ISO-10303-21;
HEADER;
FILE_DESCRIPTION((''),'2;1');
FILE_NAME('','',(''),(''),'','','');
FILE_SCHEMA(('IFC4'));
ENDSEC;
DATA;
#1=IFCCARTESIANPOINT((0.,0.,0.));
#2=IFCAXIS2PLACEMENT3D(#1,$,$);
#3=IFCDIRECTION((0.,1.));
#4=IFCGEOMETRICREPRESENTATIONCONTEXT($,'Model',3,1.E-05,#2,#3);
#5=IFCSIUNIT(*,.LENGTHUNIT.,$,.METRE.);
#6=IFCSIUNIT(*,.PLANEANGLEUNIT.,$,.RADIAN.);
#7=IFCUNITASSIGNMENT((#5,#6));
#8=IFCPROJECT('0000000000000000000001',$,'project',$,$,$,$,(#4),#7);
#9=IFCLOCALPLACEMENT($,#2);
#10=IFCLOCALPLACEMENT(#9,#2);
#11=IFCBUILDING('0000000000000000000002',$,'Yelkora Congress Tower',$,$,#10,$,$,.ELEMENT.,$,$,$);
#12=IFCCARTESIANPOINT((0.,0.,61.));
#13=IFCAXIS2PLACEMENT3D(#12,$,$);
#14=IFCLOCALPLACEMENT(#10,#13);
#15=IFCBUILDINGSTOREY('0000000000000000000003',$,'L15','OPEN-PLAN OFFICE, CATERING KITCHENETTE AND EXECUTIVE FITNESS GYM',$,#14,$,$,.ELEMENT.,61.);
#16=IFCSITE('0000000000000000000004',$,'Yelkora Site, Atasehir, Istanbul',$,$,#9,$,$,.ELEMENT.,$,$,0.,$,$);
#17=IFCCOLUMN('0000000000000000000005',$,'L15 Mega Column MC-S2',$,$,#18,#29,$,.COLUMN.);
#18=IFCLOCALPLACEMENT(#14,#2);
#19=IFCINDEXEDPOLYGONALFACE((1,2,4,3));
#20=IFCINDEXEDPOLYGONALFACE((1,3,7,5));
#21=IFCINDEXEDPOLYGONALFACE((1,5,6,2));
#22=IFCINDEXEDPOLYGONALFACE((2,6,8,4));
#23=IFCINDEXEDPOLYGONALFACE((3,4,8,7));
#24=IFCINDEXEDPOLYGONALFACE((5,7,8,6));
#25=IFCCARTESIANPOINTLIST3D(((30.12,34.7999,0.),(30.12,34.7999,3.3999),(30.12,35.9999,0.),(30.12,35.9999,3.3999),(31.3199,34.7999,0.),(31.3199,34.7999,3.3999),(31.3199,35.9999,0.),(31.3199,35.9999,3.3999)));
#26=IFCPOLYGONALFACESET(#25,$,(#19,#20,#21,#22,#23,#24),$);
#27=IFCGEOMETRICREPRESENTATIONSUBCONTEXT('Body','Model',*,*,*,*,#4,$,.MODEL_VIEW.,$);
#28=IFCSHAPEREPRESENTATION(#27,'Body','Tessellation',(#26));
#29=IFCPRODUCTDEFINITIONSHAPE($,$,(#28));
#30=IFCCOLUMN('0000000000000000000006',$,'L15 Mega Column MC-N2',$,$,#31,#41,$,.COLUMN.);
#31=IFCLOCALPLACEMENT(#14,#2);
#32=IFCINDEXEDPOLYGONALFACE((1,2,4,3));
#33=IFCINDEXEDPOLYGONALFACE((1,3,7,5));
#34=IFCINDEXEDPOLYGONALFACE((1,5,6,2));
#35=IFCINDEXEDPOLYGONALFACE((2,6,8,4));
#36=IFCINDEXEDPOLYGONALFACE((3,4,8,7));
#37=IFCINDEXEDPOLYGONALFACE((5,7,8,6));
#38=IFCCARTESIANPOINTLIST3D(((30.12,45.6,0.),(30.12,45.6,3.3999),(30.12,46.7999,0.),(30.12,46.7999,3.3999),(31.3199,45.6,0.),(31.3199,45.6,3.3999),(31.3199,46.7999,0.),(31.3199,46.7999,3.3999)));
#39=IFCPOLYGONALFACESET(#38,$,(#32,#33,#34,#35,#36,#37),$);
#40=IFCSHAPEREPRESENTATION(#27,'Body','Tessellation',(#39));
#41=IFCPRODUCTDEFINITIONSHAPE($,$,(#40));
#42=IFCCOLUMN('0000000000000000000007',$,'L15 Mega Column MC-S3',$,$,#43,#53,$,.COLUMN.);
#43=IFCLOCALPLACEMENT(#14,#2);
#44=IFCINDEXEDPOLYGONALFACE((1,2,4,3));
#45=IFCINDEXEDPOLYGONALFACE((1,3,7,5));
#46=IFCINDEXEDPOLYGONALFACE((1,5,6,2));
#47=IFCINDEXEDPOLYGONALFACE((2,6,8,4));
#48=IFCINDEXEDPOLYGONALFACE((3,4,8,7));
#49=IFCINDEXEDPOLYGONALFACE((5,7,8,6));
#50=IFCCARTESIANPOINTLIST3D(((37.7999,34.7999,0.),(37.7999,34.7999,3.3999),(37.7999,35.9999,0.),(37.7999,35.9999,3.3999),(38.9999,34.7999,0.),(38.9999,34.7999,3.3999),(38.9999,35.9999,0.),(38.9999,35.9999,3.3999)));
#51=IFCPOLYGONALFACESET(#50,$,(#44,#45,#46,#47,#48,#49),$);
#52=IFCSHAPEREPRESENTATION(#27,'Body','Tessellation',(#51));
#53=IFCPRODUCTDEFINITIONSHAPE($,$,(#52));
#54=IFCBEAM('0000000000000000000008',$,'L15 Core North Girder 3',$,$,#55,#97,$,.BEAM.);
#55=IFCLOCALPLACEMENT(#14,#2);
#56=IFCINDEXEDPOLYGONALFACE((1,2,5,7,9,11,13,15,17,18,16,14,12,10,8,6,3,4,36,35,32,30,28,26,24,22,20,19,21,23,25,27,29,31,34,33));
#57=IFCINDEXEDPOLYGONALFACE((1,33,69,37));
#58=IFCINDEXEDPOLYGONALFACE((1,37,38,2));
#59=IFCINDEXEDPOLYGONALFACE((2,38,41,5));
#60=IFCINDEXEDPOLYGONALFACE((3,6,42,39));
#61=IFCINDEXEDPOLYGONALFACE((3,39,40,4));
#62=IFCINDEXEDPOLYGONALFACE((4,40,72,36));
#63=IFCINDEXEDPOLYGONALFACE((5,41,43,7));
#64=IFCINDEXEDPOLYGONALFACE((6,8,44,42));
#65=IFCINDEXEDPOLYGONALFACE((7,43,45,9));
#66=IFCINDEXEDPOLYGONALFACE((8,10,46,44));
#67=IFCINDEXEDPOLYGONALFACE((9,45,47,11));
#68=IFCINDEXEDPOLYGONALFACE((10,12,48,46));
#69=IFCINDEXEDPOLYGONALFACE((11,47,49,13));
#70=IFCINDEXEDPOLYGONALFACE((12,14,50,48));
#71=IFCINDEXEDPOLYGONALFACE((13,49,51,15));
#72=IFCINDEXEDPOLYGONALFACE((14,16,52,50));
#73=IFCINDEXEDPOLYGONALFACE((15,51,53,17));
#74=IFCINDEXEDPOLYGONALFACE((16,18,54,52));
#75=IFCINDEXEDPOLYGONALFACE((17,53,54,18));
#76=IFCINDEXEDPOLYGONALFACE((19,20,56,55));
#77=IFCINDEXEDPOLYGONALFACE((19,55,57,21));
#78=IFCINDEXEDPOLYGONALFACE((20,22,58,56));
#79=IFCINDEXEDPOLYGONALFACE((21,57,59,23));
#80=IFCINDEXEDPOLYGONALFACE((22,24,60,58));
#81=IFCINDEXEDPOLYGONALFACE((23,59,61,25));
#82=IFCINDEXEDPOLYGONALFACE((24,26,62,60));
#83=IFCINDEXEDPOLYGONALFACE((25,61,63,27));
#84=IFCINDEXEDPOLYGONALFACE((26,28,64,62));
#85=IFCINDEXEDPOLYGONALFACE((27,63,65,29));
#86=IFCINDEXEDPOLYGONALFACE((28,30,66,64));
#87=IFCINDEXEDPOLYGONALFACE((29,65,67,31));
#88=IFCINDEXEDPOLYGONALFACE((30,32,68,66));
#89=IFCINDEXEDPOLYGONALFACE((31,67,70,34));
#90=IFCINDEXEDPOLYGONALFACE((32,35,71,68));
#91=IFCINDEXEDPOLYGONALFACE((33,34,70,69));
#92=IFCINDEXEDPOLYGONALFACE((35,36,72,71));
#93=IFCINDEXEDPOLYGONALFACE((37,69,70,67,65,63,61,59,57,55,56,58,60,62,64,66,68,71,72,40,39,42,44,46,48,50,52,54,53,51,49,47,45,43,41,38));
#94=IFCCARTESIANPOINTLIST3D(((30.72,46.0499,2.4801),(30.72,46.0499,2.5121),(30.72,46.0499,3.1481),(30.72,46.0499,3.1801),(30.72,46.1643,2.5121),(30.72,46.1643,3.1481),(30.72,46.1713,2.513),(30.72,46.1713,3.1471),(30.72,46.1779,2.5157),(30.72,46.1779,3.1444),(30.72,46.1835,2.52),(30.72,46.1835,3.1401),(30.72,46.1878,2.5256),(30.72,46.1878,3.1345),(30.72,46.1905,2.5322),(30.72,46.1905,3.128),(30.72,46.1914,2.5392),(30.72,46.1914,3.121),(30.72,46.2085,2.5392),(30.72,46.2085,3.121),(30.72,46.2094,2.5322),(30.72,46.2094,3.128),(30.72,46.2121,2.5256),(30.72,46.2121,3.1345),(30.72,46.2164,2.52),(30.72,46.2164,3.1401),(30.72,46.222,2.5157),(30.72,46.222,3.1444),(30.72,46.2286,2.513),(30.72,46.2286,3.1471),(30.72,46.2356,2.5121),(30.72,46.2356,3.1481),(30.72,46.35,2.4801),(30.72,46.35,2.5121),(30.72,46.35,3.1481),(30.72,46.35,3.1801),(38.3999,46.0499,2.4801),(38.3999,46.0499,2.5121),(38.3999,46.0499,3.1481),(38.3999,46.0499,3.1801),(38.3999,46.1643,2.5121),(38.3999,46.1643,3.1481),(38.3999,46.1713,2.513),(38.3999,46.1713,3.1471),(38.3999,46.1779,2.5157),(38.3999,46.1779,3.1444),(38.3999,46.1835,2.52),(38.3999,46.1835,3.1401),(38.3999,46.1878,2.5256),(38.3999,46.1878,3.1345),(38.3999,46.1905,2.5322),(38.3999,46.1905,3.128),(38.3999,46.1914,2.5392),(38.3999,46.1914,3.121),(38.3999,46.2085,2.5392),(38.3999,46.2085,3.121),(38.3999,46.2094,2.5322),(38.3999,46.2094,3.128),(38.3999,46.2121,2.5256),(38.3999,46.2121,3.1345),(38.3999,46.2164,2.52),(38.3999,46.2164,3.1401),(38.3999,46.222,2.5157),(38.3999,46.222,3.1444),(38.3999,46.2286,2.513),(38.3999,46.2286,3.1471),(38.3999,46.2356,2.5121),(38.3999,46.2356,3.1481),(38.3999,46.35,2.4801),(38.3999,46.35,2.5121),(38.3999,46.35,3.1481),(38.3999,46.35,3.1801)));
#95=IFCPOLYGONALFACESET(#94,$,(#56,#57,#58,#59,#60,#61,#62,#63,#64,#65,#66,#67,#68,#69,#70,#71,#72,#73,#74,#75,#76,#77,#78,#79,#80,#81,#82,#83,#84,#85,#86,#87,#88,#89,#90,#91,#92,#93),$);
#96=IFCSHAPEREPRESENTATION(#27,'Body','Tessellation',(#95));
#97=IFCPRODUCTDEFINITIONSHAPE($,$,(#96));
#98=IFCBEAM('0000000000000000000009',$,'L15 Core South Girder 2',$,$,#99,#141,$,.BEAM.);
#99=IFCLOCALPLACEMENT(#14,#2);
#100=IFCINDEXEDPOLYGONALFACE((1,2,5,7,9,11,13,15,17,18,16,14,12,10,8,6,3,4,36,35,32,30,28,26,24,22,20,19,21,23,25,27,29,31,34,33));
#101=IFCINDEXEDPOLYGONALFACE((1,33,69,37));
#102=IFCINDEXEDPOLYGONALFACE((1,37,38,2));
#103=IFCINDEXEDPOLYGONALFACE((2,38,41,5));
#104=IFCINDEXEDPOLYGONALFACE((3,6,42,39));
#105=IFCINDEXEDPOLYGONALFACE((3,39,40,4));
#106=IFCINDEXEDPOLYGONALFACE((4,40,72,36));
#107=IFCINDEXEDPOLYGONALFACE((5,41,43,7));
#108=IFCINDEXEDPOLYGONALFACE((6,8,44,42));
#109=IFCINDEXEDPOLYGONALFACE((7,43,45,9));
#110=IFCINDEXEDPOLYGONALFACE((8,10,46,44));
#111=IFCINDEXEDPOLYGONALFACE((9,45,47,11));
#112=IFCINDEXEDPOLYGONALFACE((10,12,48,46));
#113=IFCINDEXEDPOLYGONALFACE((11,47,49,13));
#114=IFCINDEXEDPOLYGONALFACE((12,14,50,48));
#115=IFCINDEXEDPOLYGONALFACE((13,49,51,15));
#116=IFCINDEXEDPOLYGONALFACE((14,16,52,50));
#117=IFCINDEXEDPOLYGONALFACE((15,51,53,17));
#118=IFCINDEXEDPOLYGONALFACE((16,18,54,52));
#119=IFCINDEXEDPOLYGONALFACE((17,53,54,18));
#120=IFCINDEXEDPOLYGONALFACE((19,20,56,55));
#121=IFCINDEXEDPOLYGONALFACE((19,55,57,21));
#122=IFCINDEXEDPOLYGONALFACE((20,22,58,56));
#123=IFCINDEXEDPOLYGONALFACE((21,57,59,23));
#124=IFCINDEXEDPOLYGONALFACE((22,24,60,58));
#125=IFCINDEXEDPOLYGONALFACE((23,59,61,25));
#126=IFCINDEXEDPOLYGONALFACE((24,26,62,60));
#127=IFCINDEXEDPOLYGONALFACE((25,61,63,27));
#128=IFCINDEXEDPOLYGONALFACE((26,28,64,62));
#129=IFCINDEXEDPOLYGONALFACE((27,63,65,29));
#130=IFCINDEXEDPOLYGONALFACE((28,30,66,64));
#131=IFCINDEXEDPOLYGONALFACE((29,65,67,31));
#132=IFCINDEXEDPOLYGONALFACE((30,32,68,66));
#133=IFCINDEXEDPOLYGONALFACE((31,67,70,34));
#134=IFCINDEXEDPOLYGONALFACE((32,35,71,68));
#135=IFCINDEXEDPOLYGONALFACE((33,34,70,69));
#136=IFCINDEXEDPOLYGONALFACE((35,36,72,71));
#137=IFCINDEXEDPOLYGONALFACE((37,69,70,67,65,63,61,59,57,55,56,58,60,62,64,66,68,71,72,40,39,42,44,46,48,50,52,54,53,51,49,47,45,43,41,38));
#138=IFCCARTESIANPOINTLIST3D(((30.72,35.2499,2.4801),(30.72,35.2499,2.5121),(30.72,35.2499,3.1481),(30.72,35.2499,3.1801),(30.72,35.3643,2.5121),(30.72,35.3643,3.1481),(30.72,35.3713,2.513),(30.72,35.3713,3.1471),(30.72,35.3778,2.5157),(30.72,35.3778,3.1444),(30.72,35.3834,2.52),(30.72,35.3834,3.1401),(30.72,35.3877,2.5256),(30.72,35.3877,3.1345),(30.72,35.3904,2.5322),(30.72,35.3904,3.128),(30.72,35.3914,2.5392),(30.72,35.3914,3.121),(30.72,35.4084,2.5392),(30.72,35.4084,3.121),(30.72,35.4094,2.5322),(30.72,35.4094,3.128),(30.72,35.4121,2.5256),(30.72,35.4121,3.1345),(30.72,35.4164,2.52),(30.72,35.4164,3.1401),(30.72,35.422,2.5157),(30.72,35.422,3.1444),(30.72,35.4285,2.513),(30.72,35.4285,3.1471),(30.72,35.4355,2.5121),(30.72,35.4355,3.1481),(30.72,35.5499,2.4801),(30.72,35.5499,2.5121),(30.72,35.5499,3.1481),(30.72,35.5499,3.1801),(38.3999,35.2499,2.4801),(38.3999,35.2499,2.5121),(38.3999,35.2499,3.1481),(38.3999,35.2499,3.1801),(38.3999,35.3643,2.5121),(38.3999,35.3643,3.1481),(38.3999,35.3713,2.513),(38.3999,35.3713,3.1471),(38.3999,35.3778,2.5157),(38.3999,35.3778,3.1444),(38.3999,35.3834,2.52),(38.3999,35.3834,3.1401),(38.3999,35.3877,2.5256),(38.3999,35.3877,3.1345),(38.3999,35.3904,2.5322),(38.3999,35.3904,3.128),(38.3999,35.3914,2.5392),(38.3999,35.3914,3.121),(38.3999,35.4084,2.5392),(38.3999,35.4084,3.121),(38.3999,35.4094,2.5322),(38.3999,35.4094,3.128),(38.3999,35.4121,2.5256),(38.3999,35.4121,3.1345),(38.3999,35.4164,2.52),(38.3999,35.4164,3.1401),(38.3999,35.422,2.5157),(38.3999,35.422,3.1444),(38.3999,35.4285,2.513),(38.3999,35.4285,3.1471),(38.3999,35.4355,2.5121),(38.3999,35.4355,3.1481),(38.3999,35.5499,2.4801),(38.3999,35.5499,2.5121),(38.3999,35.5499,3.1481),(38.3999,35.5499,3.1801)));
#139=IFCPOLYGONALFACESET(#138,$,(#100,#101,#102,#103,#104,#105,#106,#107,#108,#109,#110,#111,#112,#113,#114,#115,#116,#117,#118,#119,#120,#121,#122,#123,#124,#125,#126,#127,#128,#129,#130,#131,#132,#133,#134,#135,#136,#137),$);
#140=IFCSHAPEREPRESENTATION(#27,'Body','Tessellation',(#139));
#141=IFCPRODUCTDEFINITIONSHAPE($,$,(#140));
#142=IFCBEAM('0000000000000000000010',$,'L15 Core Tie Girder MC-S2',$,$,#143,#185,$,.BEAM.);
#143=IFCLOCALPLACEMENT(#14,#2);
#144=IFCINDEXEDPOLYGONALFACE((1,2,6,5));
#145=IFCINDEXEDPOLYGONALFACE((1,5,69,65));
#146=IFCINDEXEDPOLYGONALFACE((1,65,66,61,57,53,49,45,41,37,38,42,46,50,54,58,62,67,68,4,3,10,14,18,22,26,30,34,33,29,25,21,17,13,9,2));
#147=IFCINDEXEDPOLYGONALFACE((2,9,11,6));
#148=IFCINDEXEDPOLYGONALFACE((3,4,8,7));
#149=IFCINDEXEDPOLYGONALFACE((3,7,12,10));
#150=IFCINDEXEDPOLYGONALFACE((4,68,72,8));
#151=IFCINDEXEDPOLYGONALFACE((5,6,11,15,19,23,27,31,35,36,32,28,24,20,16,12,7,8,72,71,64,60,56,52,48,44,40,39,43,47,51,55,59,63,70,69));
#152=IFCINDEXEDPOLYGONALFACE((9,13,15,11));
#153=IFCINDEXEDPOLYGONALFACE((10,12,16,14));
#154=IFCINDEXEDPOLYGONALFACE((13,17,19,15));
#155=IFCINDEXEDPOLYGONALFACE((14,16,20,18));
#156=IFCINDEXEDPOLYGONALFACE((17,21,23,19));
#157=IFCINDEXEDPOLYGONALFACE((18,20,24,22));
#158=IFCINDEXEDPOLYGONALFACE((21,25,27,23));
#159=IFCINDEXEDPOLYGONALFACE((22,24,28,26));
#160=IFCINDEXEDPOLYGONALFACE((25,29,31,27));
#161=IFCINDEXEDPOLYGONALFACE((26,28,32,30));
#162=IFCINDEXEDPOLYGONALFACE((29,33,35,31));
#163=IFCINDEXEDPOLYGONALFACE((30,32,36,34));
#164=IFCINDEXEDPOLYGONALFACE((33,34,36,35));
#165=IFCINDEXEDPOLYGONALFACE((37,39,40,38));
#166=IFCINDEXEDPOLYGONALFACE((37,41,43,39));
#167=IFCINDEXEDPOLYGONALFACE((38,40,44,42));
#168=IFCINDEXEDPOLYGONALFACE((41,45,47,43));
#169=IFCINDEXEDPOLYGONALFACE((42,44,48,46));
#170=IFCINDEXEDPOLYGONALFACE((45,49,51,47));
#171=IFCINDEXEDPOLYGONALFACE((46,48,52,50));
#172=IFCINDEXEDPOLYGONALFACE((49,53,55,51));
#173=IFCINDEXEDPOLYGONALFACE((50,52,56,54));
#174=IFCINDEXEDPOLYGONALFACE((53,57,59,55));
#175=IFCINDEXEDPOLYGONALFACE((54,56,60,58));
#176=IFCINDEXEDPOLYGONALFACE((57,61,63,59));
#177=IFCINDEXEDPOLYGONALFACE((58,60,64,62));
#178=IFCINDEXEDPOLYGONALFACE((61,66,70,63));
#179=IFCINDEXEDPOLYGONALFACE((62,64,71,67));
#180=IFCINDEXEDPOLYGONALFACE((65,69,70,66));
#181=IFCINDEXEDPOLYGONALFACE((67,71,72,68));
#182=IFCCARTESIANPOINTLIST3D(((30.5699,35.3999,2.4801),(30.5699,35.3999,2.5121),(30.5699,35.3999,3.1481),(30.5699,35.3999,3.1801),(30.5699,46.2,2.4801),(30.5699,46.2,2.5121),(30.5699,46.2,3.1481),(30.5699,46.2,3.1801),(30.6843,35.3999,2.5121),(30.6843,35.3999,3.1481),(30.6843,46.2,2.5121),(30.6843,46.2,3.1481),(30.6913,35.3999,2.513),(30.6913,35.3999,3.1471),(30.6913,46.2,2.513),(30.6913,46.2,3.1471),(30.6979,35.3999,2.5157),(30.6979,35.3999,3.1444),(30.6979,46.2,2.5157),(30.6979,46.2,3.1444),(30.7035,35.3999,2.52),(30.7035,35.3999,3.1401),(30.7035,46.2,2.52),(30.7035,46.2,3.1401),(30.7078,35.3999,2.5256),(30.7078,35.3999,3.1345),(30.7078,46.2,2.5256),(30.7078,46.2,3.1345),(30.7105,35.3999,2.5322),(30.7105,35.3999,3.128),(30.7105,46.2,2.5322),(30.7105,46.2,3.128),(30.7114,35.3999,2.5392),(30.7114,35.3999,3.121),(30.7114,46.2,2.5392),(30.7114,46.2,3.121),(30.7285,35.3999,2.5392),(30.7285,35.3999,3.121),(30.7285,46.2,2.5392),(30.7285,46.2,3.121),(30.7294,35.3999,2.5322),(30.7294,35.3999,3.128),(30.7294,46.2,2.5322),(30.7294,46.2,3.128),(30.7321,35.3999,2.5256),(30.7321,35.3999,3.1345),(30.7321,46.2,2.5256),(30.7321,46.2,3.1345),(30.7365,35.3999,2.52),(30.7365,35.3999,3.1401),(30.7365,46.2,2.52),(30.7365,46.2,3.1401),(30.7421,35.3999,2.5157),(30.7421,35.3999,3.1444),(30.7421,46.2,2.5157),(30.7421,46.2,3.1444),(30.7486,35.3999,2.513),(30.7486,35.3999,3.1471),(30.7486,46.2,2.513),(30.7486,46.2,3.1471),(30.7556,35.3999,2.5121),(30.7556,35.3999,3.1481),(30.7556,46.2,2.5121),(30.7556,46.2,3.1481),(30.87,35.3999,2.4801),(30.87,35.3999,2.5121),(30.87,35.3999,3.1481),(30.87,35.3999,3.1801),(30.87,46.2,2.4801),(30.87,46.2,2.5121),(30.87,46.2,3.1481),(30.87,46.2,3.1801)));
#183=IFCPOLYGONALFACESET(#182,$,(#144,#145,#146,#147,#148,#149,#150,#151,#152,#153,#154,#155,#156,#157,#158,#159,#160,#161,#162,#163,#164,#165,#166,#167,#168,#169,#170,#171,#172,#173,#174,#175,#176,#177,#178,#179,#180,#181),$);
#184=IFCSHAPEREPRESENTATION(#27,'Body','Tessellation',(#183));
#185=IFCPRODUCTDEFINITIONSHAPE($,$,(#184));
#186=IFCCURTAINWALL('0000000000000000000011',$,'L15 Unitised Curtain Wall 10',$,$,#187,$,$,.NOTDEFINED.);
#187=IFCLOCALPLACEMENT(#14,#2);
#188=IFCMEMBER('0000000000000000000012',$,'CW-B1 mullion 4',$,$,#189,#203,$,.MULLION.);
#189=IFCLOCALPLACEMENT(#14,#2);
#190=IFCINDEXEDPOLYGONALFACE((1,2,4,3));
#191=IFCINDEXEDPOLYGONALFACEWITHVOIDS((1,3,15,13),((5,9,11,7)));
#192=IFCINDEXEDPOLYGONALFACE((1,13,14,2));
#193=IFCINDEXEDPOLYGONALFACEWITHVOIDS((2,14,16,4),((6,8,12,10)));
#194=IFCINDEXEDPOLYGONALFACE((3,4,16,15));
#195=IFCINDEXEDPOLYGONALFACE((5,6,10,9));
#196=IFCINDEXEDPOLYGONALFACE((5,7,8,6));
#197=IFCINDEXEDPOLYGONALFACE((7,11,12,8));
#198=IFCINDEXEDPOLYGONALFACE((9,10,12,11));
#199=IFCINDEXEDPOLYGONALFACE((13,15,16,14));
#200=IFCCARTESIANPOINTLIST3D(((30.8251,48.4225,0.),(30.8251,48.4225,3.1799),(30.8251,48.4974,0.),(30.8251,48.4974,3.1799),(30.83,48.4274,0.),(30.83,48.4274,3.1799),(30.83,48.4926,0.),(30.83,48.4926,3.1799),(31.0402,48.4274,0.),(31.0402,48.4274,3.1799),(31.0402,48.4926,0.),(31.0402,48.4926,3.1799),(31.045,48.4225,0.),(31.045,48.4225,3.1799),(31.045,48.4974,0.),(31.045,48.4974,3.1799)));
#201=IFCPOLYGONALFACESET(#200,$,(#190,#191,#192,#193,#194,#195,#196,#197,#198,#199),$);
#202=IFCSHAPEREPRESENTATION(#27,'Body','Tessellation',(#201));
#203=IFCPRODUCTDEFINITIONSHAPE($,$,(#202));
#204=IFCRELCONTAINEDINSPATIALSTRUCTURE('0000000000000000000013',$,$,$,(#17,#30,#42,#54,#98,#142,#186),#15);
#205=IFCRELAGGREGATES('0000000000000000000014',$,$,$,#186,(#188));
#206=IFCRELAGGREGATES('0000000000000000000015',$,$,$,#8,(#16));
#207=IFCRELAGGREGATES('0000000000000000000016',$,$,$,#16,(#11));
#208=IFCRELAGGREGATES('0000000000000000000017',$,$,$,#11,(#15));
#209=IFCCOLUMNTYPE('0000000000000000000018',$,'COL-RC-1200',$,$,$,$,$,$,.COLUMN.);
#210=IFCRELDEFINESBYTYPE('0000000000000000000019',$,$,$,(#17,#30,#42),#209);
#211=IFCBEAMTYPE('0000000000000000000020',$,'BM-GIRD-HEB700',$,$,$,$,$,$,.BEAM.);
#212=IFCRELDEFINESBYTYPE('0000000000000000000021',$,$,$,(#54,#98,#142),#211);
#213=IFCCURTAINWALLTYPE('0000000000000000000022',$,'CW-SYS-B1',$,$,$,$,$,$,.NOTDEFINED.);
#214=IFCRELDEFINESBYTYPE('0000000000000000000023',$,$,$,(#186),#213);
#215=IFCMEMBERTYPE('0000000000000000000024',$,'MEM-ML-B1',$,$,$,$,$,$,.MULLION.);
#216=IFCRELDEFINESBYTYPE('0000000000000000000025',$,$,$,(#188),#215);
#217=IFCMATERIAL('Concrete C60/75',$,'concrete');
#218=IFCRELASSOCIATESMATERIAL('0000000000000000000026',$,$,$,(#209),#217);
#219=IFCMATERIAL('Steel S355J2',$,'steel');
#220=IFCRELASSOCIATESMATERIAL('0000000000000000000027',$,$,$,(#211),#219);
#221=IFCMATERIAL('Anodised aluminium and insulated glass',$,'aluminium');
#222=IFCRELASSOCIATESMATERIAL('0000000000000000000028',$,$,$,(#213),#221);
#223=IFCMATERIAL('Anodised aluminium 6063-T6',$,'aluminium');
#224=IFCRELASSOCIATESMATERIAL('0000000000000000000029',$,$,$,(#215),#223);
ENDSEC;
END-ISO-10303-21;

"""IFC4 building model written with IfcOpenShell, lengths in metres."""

from ifc_helpers import new_model, si_unit, direction, frame, origin, origin_2d, place, context, subcontext, project, spatial, rectangle, hollow_rectangle, i_section, extrude, material, material_profile, profile_set, type_object, element, aggregate, save


model = new_model("IFC4")

# Units and contexts
model_context = context("Model", 3, precision=1e-05, world=origin(), true_north=direction((0.0, 1.0)))
body_context = subcontext(model_context, "Body", "Model", "MODEL_VIEW")
ifc_project = project(units=[si_unit("LENGTHUNIT", "METRE"), si_unit("PLANEANGLEUNIT", "RADIAN")], contexts=[model_context])

# Site, building, storey
site_placement = place(None, origin())
site = spatial("IfcSite", under=ifc_project, at=site_placement, Name="Yelkora Site, Atasehir, Istanbul", CompositionType="ELEMENT", RefElevation=0.0)
building_placement = place(site_placement, origin())
building = spatial("IfcBuilding", under=site, at=building_placement, Name="Yelkora Congress Tower", CompositionType="ELEMENT")
storey_placement = place(building_placement, frame((0.0, 0.0, 61.0)))
storey = spatial("IfcBuildingStorey", under=building, at=storey_placement, Name="L15", Description="OPEN-PLAN OFFICE, CATERING KITCHENETTE AND EXECUTIVE FITNESS GYM", CompositionType="ELEMENT", Elevation=61.0)

# Columns
ifc_material_1 = material(Name="Concrete C60/75", Category="concrete")
ifc_material_profile_1 = material_profile(ifc_material_1, rectangle(XDim=1.2, YDim=1.2, at=origin_2d()), Name="RC 1200x1200")
ifc_profile_set_1 = profile_set([ifc_material_profile_1], Name="Concrete C60/75")
column_type = type_object("IfcColumnType", Name="COL-RC-1200", PredefinedType="COLUMN", material=ifc_profile_set_1)
for number, where, z_axis, x_axis, name in (
    (1, (30.72, 35.3999, 0.0), (0.0, 0.0, 1.0), (1.0, 0.0, 0.0), "L15 Mega Column MC-S2"),
    (2, (30.72, 46.2, 0.0), (0.0, 0.0, 1.0), (1.0, 0.0, 0.0), "L15 Mega Column MC-N2"),
    (3, (38.3999, 35.3999, 0.0), (0.0, 0.0, 1.0), (1.0, 0.0, 0.0), "L15 Mega Column MC-S3"),
):
    element("IfcColumn", number, at=place(storey_placement, frame(where, z_axis=z_axis, x_axis=x_axis)), inside=storey, type_object=column_type, Name=name, PredefinedType="COLUMN", context=body_context, shape_type="SweptSolid", body=[
        extrude(rectangle(XDim=1.2, YDim=1.2, at=origin_2d()), origin(), (0.0, 0.0, 1.0), 3.3999),
    ])

# Beams
ifc_material_2 = material(Name="Steel S355J2", Category="steel")
ifc_material_profile_2 = material_profile(ifc_material_2, i_section(OverallWidth=0.3, OverallDepth=0.7, WebThickness=0.0171, FlangeThickness=0.032, FilletRadius=0.0271, at=origin_2d()), Name="HEB 700")
ifc_profile_set_2 = profile_set([ifc_material_profile_2], Name="Steel S355J2")
beam_type = type_object("IfcBeamType", Name="BM-GIRD-HEB700", PredefinedType="BEAM", material=ifc_profile_set_2)
for number, where, z_axis, x_axis, name in (
    (4, (30.72, 46.2, 2.8301), (1.0, 0.0, 0.0), (0.0, 1.0, 0.0), "L15 Core North Girder 3"),
    (5, (30.72, 35.3999, 2.8301), (1.0, 0.0, 0.0), (0.0, 1.0, 0.0), "L15 Core South Girder 2"),
):
    element("IfcBeam", number, at=place(storey_placement, frame(where, z_axis=z_axis, x_axis=x_axis)), inside=storey, type_object=beam_type, Name=name, PredefinedType="BEAM", context=body_context, shape_type="SweptSolid", body=[
        extrude(i_section(OverallWidth=0.3, OverallDepth=0.7, WebThickness=0.0171, FlangeThickness=0.032, FilletRadius=0.0271, at=origin_2d()), origin(), (0.0, 0.0, 1.0), 7.6799),
    ])
beam_placement = place(storey_placement, frame((30.72, 35.3999, 2.8301), z_axis=(0.0, 1.0, 0.0), x_axis=(-1.0, 0.0, 0.0)))
element("IfcBeam", 6, at=beam_placement, inside=storey, type_object=beam_type, Name="L15 Core Tie Girder MC-S2", PredefinedType="BEAM", context=body_context, shape_type="SweptSolid", body=[
    extrude(i_section(OverallWidth=0.3, OverallDepth=0.7, WebThickness=0.0171, FlangeThickness=0.032, FilletRadius=0.0271, at=origin_2d()), origin(), (0.0, 0.0, 1.0), 10.8),
])

# Curtain wall, member
ifc_material_3 = material(Name="Anodised aluminium and insulated glass", Category="aluminium")
curtain_wall_type = type_object("IfcCurtainWallType", Name="CW-SYS-B1", PredefinedType="NOTDEFINED", material=ifc_material_3)
curtain_wall_placement = place(storey_placement, origin())
curtain_wall = element("IfcCurtainWall", 7, at=curtain_wall_placement, inside=storey, type_object=curtain_wall_type, Name="L15 Unitised Curtain Wall 10", PredefinedType="NOTDEFINED")
ifc_material_4 = material(Name="Anodised aluminium 6063-T6", Category="aluminium")
ifc_material_profile_3 = material_profile(ifc_material_4, hollow_rectangle(XDim=0.075, YDim=0.22, WallThickness=0.0049, at=origin_2d()), Name="ALU 75x220x5")
ifc_profile_set_3 = profile_set([ifc_material_profile_3], Name="Anodised aluminium 6063-T6")
member_type_1 = type_object("IfcMemberType", Name="MEM-ML-B1", PredefinedType="MULLION", material=ifc_profile_set_3)
member_1_placement = place(storey_placement, frame((30.9351, 48.46, 0.0), z_axis=(0.0, 0.0, 1.0), x_axis=(0.0, 1.0, 0.0)))
member_1 = element("IfcMember", 8, at=member_1_placement, type_object=member_type_1, Name="CW-B1 mullion 4", PredefinedType="MULLION", context=body_context, shape_type="SweptSolid", body=[
    extrude(hollow_rectangle(XDim=0.075, YDim=0.22, WallThickness=0.0049, at=origin_2d()), origin(), (0.0, 0.0, 1.0), 3.1799),
])
aggregate(curtain_wall, [member_1])

save(model, "model.ifc")
